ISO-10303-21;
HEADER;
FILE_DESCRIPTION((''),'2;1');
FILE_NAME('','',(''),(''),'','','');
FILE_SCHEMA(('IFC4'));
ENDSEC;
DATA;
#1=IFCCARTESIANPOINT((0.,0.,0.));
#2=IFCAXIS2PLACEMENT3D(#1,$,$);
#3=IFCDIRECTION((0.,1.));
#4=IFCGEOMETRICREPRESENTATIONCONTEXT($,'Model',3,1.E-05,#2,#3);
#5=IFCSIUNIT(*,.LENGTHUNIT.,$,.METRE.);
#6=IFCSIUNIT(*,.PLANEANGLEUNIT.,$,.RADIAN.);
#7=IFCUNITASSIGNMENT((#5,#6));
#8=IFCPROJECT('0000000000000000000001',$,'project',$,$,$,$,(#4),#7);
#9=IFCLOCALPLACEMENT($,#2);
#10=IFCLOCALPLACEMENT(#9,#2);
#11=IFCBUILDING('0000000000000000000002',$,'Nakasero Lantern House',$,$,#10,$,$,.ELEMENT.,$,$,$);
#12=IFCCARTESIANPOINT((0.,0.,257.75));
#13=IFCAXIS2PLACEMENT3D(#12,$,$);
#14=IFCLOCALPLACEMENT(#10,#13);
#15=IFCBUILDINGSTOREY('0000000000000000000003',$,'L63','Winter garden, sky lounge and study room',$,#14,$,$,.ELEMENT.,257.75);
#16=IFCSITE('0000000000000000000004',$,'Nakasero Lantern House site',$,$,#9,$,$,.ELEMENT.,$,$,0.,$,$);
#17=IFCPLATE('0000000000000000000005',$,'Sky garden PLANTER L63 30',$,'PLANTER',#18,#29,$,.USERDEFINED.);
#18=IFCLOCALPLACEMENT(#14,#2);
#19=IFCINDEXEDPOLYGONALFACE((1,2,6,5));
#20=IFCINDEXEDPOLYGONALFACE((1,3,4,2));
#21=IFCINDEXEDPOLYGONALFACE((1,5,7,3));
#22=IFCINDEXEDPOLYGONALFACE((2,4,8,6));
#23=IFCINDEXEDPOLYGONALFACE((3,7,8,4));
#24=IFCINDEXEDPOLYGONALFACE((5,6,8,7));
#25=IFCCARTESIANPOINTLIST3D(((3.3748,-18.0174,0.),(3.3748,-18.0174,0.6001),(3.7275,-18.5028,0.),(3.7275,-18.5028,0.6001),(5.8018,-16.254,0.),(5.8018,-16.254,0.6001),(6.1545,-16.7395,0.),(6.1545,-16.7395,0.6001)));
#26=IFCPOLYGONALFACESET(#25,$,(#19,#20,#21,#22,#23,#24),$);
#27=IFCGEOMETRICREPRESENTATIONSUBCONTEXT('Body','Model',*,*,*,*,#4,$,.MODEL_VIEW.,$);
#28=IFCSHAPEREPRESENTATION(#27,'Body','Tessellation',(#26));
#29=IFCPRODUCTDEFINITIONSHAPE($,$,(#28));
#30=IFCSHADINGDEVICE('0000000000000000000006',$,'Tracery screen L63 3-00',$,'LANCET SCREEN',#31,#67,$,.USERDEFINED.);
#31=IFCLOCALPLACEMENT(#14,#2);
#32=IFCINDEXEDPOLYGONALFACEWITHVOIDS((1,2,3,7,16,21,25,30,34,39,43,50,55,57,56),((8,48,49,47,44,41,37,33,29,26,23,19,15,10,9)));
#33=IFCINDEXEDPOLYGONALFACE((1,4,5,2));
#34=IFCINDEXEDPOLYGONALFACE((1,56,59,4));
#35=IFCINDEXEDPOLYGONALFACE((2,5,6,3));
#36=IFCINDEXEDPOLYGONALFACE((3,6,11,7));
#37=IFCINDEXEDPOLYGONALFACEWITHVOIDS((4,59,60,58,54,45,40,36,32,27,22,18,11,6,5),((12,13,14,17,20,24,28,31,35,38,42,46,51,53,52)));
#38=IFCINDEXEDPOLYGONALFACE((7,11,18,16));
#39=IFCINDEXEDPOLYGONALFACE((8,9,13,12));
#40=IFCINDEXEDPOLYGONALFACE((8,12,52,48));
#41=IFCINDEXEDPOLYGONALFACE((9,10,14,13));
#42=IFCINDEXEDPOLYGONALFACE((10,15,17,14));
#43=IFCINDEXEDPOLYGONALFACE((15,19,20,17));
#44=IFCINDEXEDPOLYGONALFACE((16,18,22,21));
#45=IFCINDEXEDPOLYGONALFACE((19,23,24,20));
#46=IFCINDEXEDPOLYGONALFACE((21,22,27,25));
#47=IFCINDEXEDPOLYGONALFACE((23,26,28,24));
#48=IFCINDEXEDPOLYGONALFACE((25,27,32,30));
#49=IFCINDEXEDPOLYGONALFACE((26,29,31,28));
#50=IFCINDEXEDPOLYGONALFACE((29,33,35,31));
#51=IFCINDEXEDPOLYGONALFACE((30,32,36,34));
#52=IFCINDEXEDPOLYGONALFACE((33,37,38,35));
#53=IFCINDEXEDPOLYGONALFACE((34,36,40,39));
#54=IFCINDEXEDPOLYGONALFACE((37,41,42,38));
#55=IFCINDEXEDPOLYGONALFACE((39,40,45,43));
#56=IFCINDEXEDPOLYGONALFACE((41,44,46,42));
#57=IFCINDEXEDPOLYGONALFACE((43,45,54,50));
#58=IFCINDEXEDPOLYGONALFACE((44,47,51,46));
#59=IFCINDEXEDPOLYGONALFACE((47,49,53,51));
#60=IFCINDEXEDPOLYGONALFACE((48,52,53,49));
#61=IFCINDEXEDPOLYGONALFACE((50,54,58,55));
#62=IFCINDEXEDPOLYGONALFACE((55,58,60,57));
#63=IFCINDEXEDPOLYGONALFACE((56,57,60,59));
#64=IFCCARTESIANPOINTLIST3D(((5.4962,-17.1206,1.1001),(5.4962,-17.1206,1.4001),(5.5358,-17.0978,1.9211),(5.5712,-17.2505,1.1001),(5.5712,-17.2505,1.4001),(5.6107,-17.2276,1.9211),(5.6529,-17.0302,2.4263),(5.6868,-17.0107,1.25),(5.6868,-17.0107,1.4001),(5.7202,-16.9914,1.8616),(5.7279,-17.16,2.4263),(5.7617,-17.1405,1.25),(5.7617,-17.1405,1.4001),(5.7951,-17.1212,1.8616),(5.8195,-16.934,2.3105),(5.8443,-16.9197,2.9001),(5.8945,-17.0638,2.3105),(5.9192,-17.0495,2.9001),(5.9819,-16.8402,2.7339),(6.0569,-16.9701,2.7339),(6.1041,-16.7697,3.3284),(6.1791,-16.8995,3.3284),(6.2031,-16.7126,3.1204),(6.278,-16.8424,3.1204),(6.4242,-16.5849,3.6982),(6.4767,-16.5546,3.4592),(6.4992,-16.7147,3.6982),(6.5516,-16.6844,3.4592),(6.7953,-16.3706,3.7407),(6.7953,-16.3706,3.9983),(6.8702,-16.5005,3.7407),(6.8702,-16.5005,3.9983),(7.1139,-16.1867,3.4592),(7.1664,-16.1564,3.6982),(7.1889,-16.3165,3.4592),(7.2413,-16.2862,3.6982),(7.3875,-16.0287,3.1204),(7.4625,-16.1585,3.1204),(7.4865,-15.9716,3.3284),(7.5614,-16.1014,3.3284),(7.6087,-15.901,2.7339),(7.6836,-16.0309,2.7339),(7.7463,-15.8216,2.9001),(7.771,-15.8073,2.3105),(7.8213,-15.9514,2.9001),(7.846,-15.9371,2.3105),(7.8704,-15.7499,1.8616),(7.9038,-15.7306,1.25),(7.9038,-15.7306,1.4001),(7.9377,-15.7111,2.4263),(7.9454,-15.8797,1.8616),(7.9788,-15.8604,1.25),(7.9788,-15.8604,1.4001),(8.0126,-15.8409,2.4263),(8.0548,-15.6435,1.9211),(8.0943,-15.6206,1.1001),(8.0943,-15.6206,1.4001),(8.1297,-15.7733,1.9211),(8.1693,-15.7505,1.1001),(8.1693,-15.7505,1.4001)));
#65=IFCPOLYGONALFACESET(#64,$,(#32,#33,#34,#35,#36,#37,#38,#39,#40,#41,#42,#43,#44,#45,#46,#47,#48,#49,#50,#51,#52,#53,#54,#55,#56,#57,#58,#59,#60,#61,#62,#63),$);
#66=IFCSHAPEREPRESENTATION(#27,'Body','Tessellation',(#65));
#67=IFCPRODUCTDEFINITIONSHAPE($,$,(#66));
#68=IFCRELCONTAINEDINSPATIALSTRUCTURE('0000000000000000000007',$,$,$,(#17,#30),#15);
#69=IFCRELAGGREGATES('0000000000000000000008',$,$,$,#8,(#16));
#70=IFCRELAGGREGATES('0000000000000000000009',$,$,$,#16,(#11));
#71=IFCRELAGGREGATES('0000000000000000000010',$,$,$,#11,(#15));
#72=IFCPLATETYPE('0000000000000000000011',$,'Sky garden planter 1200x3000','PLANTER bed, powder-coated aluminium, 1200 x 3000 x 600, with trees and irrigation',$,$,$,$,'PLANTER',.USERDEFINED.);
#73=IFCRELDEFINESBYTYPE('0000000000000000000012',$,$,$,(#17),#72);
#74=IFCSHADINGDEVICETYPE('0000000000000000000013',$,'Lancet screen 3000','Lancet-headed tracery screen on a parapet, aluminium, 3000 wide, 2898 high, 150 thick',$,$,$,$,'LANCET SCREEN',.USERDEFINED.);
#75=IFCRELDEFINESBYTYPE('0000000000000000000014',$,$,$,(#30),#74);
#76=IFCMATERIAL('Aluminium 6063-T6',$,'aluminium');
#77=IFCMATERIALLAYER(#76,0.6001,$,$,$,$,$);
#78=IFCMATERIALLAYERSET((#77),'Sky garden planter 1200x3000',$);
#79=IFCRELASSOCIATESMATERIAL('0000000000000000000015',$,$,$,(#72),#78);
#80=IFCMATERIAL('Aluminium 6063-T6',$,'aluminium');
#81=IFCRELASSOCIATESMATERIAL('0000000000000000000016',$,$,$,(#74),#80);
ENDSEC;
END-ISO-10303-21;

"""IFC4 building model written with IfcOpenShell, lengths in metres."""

from ifc_helpers import new_model, si_unit, direction, frame, origin, origin_2d, place, context, subcontext, project, spatial, polyline, rectangle, outline, extrude, material, layer, layer_set, type_object, element, save


model = new_model("IFC4")

# Units and contexts
model_context = context("Model", 3, precision=1e-05, world=origin(), true_north=direction((0.0, 1.0)))
body_context = subcontext(model_context, "Body", "Model", "MODEL_VIEW")
ifc_project = project(units=[si_unit("LENGTHUNIT", "METRE"), si_unit("PLANEANGLEUNIT", "RADIAN")], contexts=[model_context])

# Site, building, storey
site_placement = place(None, origin())
site = spatial("IfcSite", under=ifc_project, at=site_placement, Name="Nakasero Lantern House site", CompositionType="ELEMENT", RefElevation=0.0)
building_placement = place(site_placement, origin())
building = spatial("IfcBuilding", under=site, at=building_placement, Name="Nakasero Lantern House", CompositionType="ELEMENT")
storey_placement = place(building_placement, frame((0.0, 0.0, 257.75)))
storey = spatial("IfcBuildingStorey", under=building, at=storey_placement, Name="L63", Description="Winter garden, sky lounge and study room", CompositionType="ELEMENT", Elevation=257.75)

# Plate
ifc_material_1 = material(Name="Aluminium 6063-T6", Category="aluminium")
ifc_layer_1 = layer(ifc_material_1, 0.6001)
ifc_layer_set_1 = layer_set([ifc_layer_1], Name="Sky garden planter 1200x3000")
plate_type_1 = type_object("IfcPlateType", Name="Sky garden planter 1200x3000", Description="PLANTER bed, powder-coated aluminium, 1200 x 3000 x 600, with trees and irrigation", ElementType="PLANTER", PredefinedType="USERDEFINED", material=ifc_layer_set_1)
plate_1_placement = place(storey_placement, frame((4.7646, -17.3784, 0.0), z_axis=(0.0, 0.0, 1.0), x_axis=(0.587785, -0.809017, 0.0)))
element("IfcPlate", 1, at=plate_1_placement, inside=storey, type_object=plate_type_1, Name="Sky garden PLANTER L63 30", ObjectType="PLANTER", PredefinedType="USERDEFINED", context=body_context, shape_type="SweptSolid", body=[
    extrude(rectangle(XDim=0.6001, YDim=3.0, at=origin_2d()), origin(), (0.0, 0.0, 1.0), 0.6001),
])

# Shading device
ifc_material_2 = material(Name="Aluminium 6063-T6", Category="aluminium")
shading_device_type = type_object("IfcShadingDeviceType", Name="Lancet screen 3000", Description="Lancet-headed tracery screen on a parapet, aluminium, 3000 wide, 2898 high, 150 thick", ElementType="LANCET SCREEN", PredefinedType="USERDEFINED", material=ifc_material_2)
shading_device_placement = place(storey_placement, frame((6.8328, -16.4355, 1.1001), z_axis=(0.0, 0.0, 1.0), x_axis=(0.866025, 0.5, 0.0)))
element("IfcShadingDevice", 2, at=shading_device_placement, inside=storey, type_object=shading_device_type, Name="Tracery screen L63 3-00", ObjectType="LANCET SCREEN", PredefinedType="USERDEFINED", context=body_context, shape_type="SweptSolid", body=[
    extrude(outline(polyline([(-1.5, 0.0), (1.5, 0.0), (1.5, 0.3), (1.4543, 0.821), (1.3191, 1.3262), (1.0981, 1.8), (0.7981, 2.2283), (0.4285, 2.5981), (0.0, 2.8982), (-0.4285, 2.5981), (-0.7981, 2.2283), (-1.0981, 1.8), (-1.3191, 1.3262), (-1.4543, 0.821), (-1.5, 0.3), (-1.5, 0.0)]), holes=[polyline([(-1.28, 0.1499), (1.28, 0.1499), (1.28, 0.3), (1.2415, 0.7615), (1.1267, 1.2104), (0.9392, 1.6338), (0.6838, 2.0203), (0.3679, 2.3591), (0.0, 2.6406), (-0.3679, 2.3591), (-0.6838, 2.0203), (-0.9392, 1.6338), (-1.1267, 1.2104), (-1.2415, 0.7615), (-1.28, 0.3), (-1.28, 0.1499)])]), frame((0.0, 0.075, 0.0), z_axis=(0.0, -1.0, 0.0), x_axis=(1.0, 0.0, 0.0)), (0.0, 0.0, 1.0), 0.1499),
])

save(model, "model.ifc")
